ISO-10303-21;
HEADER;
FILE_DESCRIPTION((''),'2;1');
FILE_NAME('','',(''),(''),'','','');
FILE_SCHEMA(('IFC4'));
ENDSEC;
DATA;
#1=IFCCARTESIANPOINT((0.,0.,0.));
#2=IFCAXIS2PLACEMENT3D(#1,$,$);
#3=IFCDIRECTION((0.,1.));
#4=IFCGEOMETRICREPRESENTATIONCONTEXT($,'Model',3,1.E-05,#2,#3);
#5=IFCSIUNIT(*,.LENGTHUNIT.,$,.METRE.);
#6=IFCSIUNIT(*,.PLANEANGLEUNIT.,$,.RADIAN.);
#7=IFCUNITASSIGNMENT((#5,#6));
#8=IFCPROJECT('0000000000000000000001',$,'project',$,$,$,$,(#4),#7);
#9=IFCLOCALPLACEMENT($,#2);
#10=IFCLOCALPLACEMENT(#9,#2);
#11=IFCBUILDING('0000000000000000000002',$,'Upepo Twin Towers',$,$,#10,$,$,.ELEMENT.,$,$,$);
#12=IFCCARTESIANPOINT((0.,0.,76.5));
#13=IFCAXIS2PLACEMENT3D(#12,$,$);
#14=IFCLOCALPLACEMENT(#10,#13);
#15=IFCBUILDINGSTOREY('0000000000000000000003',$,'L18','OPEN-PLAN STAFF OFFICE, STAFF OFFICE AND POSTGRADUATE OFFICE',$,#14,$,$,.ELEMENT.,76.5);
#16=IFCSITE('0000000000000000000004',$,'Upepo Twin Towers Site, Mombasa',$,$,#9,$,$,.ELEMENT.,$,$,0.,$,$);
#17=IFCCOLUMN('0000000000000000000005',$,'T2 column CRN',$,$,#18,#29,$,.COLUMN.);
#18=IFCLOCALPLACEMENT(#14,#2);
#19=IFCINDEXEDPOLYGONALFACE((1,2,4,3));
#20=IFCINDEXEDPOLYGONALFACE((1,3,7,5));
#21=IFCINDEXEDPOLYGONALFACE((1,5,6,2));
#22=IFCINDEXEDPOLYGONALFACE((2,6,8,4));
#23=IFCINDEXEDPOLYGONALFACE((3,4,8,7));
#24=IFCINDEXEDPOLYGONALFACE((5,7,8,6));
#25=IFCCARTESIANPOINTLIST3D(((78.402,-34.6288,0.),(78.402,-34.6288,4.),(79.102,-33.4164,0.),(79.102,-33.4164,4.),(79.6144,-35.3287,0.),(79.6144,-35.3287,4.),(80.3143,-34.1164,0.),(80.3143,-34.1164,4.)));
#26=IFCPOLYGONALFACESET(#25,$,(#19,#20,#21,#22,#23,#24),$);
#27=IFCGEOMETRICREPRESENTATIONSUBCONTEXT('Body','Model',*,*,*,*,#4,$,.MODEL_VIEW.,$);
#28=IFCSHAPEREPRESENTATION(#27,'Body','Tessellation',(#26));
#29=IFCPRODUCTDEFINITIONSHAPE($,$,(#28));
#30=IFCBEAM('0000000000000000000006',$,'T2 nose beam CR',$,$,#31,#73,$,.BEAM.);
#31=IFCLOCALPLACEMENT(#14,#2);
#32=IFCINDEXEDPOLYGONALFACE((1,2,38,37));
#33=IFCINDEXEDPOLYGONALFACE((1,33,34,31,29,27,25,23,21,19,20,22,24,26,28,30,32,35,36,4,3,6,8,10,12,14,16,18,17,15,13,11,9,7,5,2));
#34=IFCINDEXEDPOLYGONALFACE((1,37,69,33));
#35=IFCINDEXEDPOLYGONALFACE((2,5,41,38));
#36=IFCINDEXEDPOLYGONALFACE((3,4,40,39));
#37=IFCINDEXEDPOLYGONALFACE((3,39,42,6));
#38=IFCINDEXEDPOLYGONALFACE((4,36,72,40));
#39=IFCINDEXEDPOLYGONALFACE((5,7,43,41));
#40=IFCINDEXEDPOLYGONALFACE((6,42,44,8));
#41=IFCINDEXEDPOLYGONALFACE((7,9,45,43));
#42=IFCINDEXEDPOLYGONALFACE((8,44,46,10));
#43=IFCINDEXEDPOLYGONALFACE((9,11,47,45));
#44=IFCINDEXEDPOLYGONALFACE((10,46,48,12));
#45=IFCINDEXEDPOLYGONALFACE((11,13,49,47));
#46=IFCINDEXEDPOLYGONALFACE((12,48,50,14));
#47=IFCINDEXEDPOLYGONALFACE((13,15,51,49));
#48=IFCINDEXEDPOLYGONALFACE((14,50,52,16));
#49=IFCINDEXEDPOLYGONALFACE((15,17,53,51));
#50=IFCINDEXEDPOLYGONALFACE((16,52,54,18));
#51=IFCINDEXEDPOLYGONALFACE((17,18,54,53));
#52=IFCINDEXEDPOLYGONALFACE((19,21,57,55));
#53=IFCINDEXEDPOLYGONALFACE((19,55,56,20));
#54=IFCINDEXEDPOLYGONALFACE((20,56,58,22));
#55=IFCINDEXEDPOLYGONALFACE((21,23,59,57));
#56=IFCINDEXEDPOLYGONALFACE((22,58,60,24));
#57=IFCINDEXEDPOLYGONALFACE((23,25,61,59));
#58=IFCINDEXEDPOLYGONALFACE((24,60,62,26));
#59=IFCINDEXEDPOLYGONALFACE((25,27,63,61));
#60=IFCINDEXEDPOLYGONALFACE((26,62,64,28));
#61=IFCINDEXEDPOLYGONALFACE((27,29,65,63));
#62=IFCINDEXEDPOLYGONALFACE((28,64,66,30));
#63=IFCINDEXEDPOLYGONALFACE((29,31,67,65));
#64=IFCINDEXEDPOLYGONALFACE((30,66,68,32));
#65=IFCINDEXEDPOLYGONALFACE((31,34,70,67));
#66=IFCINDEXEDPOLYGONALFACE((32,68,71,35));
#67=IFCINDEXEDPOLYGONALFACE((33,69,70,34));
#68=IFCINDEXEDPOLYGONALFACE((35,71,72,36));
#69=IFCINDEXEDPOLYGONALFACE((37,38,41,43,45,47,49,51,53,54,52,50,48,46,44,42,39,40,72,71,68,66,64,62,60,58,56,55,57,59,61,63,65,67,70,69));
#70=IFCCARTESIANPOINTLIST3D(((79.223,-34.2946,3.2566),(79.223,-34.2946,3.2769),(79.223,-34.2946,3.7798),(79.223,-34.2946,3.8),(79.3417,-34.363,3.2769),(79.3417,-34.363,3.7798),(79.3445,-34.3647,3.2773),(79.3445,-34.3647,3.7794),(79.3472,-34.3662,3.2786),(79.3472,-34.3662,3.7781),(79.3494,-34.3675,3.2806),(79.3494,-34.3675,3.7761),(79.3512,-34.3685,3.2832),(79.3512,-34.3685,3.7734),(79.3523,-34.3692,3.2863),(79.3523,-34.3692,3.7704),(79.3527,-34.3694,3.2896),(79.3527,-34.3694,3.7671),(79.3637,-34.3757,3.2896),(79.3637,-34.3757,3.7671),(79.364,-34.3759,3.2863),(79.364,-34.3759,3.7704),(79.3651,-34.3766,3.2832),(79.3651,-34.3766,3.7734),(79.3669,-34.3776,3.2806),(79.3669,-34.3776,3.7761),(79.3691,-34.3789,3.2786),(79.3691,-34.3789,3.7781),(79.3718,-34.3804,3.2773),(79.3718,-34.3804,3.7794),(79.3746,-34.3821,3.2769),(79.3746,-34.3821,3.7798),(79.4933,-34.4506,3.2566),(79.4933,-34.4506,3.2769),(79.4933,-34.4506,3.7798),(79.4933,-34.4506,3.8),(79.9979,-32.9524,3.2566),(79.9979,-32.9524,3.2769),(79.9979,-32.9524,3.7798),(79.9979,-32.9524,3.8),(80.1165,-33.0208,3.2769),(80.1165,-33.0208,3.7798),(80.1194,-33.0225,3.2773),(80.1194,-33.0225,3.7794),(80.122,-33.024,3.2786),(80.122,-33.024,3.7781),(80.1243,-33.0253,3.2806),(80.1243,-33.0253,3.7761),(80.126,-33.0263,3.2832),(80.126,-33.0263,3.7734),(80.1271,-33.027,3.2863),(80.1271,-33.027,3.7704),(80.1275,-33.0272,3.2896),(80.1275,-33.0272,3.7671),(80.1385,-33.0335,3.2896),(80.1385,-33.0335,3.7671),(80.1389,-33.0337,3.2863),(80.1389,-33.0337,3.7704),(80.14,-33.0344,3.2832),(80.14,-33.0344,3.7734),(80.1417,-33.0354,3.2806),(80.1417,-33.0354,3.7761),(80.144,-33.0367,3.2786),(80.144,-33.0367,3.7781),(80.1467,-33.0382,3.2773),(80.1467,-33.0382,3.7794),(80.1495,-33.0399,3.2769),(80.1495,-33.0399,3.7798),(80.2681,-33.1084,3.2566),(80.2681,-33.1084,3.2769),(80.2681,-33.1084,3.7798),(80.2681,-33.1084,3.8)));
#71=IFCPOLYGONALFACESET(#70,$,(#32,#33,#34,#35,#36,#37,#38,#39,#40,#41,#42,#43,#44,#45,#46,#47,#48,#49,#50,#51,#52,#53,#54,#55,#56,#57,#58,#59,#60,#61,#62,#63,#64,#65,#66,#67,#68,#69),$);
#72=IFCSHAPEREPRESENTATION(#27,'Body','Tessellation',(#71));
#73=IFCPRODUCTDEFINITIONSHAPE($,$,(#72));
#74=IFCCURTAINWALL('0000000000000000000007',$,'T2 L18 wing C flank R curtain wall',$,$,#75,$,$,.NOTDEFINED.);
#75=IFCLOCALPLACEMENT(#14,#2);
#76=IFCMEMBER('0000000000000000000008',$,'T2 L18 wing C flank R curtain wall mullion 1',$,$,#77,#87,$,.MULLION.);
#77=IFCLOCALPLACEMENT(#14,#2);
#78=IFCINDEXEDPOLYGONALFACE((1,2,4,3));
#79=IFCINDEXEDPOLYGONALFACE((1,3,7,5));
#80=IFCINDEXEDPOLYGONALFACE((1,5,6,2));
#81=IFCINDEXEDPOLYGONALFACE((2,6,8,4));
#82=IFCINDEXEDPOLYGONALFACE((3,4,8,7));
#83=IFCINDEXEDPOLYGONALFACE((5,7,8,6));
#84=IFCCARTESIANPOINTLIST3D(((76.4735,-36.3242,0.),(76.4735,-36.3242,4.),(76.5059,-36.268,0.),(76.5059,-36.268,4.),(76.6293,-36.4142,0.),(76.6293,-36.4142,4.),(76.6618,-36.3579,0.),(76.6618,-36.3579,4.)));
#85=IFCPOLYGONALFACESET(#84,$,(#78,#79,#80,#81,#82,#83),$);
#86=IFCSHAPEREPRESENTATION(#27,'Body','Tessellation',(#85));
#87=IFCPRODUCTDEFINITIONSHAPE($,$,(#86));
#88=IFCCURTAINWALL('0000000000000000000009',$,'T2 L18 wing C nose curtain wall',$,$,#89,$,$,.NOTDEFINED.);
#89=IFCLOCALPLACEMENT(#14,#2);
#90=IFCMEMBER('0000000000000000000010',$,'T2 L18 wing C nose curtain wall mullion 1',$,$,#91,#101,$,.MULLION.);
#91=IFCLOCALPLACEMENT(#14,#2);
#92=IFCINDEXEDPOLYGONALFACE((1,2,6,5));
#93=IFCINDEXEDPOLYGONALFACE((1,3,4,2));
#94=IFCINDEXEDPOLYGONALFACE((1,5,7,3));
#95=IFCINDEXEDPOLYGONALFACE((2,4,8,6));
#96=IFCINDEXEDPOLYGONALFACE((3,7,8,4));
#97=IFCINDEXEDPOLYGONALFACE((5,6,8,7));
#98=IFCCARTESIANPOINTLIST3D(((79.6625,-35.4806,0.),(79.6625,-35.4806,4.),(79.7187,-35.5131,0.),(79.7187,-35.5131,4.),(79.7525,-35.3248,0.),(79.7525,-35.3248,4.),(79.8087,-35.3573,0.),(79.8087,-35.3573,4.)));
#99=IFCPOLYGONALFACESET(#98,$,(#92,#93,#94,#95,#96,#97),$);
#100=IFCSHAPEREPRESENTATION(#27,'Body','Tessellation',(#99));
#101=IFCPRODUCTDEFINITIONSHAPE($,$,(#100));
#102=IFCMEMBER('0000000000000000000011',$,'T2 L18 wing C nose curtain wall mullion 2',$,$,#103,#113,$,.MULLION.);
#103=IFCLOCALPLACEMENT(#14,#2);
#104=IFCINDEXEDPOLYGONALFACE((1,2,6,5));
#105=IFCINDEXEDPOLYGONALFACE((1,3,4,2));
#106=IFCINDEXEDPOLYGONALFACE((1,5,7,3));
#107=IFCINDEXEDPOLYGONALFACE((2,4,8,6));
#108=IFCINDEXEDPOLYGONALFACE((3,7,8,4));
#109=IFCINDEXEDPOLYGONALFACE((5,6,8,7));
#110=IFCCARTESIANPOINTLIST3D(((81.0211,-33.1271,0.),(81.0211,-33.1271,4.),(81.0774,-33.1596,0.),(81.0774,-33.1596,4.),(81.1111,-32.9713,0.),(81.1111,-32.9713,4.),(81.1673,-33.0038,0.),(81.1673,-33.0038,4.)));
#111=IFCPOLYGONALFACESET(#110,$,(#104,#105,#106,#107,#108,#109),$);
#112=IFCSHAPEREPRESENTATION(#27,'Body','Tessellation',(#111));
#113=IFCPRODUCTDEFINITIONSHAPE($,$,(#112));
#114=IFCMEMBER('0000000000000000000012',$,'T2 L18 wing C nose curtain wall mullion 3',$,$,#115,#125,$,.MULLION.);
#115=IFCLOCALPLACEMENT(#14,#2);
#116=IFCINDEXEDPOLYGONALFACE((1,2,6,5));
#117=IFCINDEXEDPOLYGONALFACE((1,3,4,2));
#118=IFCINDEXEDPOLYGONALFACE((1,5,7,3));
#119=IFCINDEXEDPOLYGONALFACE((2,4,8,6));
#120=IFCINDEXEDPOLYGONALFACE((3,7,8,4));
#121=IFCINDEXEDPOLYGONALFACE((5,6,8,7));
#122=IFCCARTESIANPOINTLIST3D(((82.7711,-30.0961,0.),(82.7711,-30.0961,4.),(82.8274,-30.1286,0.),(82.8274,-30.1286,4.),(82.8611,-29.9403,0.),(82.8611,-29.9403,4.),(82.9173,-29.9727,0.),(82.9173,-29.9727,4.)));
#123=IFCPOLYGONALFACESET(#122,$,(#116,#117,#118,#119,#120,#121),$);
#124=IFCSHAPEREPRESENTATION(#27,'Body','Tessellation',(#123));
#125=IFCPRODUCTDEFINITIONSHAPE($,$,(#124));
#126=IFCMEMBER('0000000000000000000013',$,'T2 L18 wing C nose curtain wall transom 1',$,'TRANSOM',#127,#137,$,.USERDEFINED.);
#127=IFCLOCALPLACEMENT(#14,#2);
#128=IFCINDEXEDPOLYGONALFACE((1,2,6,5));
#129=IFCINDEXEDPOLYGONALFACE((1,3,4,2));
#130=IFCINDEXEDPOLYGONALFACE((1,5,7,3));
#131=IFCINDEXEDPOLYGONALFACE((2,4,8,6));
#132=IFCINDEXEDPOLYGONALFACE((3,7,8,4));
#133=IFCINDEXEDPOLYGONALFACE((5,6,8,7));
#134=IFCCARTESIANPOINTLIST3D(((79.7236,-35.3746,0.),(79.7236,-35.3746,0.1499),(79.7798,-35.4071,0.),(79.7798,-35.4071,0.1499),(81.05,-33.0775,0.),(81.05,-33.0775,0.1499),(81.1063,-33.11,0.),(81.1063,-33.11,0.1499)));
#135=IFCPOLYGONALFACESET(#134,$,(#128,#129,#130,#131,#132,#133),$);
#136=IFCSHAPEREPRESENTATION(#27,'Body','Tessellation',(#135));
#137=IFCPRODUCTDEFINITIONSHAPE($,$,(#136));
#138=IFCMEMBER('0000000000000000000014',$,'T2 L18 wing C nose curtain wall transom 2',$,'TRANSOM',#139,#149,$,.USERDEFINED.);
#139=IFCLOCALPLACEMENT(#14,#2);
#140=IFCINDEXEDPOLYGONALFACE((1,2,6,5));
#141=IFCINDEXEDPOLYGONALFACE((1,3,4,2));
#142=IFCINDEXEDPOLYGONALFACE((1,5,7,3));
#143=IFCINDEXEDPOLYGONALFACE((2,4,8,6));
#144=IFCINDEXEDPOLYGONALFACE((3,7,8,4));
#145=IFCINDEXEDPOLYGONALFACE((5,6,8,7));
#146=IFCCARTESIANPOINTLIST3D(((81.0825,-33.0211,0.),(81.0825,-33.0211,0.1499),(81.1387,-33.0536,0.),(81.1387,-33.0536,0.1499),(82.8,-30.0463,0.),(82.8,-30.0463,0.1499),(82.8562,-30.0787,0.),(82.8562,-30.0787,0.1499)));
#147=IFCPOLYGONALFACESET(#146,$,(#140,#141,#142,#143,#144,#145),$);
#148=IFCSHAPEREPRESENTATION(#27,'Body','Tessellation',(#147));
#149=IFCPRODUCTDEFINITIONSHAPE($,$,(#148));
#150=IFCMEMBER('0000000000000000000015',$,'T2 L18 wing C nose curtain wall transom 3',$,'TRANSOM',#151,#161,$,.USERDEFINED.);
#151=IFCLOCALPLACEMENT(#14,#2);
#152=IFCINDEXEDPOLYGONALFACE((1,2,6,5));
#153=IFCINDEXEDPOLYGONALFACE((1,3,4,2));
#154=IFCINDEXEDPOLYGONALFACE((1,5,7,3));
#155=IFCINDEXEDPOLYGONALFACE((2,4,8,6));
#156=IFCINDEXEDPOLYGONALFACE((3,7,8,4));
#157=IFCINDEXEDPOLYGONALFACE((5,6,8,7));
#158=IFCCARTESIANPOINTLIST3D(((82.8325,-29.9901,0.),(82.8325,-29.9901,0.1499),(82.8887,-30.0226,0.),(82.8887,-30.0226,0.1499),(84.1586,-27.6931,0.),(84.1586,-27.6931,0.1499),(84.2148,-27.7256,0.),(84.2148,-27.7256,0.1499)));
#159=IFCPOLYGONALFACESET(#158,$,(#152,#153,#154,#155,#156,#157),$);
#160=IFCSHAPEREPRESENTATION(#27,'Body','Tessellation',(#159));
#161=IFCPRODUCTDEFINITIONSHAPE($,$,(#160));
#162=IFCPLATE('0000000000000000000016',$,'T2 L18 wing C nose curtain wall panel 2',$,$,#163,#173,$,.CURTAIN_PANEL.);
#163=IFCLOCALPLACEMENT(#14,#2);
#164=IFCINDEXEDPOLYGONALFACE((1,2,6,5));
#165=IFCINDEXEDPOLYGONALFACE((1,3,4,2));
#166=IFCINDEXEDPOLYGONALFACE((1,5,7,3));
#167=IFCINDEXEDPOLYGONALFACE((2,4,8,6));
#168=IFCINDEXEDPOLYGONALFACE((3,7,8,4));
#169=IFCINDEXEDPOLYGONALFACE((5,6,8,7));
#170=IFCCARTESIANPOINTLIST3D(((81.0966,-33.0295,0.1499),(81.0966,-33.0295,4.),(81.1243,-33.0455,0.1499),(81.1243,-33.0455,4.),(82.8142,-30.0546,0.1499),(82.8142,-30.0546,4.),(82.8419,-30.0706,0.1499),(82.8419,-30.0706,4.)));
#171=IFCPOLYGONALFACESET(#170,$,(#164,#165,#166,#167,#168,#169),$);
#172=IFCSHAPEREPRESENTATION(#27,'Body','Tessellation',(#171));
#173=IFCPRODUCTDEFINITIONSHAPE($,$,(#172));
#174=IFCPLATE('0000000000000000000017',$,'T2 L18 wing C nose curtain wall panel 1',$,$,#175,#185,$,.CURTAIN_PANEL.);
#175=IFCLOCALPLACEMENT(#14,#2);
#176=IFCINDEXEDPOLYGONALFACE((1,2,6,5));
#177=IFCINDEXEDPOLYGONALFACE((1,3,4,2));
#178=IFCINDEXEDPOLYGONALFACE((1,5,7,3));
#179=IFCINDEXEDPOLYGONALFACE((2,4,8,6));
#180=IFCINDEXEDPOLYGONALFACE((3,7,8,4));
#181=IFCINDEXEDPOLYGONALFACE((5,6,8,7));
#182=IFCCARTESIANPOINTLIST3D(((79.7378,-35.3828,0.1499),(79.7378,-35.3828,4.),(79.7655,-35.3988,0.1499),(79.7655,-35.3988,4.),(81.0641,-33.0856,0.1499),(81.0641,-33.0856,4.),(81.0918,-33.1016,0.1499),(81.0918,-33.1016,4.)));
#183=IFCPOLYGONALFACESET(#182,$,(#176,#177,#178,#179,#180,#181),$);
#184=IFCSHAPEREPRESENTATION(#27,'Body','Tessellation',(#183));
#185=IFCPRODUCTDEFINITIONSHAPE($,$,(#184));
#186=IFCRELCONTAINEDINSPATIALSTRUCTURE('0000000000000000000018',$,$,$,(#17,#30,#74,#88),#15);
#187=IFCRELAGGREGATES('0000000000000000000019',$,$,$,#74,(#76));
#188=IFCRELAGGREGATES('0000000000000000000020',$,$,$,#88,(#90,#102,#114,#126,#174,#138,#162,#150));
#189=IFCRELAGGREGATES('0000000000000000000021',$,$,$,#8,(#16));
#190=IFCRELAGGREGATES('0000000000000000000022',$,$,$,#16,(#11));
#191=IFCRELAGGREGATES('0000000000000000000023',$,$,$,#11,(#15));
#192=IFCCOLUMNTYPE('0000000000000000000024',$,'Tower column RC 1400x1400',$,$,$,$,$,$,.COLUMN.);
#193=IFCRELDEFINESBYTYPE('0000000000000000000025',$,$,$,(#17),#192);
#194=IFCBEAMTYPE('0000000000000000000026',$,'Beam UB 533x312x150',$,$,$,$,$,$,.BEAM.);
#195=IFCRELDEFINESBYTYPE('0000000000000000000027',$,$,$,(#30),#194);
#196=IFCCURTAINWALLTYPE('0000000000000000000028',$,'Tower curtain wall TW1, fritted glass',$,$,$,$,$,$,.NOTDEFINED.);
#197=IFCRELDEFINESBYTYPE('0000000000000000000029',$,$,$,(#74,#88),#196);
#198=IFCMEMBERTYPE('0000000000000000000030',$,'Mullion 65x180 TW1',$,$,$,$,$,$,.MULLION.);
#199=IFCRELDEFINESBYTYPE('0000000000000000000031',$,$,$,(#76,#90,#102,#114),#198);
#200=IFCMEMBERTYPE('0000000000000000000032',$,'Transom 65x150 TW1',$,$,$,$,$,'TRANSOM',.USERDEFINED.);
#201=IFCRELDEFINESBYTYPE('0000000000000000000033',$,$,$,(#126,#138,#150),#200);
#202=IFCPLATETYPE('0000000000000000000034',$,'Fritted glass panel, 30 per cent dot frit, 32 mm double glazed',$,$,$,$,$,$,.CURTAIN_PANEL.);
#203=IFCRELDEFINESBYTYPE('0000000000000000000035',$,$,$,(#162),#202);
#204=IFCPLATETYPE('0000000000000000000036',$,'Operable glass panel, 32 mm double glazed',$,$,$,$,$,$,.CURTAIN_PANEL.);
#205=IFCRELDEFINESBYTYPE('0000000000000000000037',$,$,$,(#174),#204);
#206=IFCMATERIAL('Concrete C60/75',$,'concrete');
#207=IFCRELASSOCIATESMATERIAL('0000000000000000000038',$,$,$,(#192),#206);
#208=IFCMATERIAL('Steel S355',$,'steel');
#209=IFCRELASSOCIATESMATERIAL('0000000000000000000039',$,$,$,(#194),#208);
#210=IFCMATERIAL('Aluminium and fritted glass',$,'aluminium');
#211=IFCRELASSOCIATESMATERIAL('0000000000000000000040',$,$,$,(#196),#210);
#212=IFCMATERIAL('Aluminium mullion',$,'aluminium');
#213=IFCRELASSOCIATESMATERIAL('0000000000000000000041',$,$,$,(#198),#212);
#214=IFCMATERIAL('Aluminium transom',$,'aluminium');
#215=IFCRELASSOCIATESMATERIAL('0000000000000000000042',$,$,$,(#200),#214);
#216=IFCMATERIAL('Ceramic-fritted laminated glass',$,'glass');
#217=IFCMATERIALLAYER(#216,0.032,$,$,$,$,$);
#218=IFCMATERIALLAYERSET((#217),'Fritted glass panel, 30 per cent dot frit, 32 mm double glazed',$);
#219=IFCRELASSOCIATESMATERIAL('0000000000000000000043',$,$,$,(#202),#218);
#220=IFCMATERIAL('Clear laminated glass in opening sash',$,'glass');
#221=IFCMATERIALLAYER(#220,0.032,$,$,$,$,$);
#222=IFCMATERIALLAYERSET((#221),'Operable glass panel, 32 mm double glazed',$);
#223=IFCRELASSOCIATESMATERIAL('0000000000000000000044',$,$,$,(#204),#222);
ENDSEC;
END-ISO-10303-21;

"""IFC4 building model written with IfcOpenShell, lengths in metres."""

from ifc_helpers import new_model, si_unit, direction, frame, origin, origin_2d, place, context, subcontext, project, spatial, rectangle, i_section, extrude, material, layer, layer_set, material_profile, profile_set, type_object, element, aggregate, save


model = new_model("IFC4")

# Units and contexts
model_context = context("Model", 3, precision=1e-05, world=origin(), true_north=direction((0.0, 1.0)))
body_context = subcontext(model_context, "Body", "Model", "MODEL_VIEW")
ifc_project = project(units=[si_unit("LENGTHUNIT", "METRE"), si_unit("PLANEANGLEUNIT", "RADIAN")], contexts=[model_context])

# Site, building, storey
site_placement = place(None, origin())
site = spatial("IfcSite", under=ifc_project, at=site_placement, Name="Upepo Twin Towers Site, Mombasa", CompositionType="ELEMENT", RefElevation=0.0)
building_placement = place(site_placement, origin())
building = spatial("IfcBuilding", under=site, at=building_placement, Name="Upepo Twin Towers", CompositionType="ELEMENT")
storey_placement = place(building_placement, frame((0.0, 0.0, 76.5)))
storey = spatial("IfcBuildingStorey", under=building, at=storey_placement, Name="L18", Description="OPEN-PLAN STAFF OFFICE, STAFF OFFICE AND POSTGRADUATE OFFICE", CompositionType="ELEMENT", Elevation=76.5)

# Column
ifc_material_1 = material(Name="Concrete C60/75", Category="concrete")
ifc_material_profile_1 = material_profile(ifc_material_1, rectangle(XDim=1.3999, YDim=1.3999, at=origin_2d()), Name="RC 1400x1400")
ifc_profile_set_1 = profile_set([ifc_material_profile_1], Name="Concrete C60/75")
column_type = type_object("IfcColumnType", Name="Tower column RC 1400x1400", PredefinedType="COLUMN", material=ifc_profile_set_1)
column_placement = place(storey_placement, frame((79.3582, -34.3726, 0.0), z_axis=(0.0, 0.0, 1.0), x_axis=(0.5, 0.866025, 0.0)))
element("IfcColumn", 1, at=column_placement, inside=storey, type_object=column_type, Name="T2 column CRN", PredefinedType="COLUMN", context=body_context, shape_type="SweptSolid", body=[
    extrude(rectangle(XDim=1.3999, YDim=1.3999, at=origin_2d()), origin(), (0.0, 0.0, 1.0), 4.0),
])

# Beam
ifc_material_2 = material(Name="Steel S355", Category="steel")
ifc_material_profile_2 = material_profile(ifc_material_2, i_section(OverallWidth=0.312, OverallDepth=0.5435, WebThickness=0.0127, FlangeThickness=0.0203, FilletRadius=0.0127, at=origin_2d()), Name="UB 533x312x150")
ifc_profile_set_2 = profile_set([ifc_material_profile_2], Name="Steel S355")
beam_type = type_object("IfcBeamType", Name="Beam UB 533x312x150", PredefinedType="BEAM", material=ifc_profile_set_2)
beam_placement = place(storey_placement, frame((79.3582, -34.3726, 3.5283), z_axis=(0.499968, 0.866044, 0.0), x_axis=(-0.866044, 0.499968, 0.0)))
element("IfcBeam", 2, at=beam_placement, inside=storey, type_object=beam_type, Name="T2 nose beam CR", PredefinedType="BEAM", context=body_context, shape_type="SweptSolid", body=[
    extrude(i_section(OverallWidth=0.312, OverallDepth=0.5435, WebThickness=0.0127, FlangeThickness=0.0203, FilletRadius=0.0127, at=origin_2d()), origin(), (0.0, 0.0, 1.0), 1.5498),
])

# Curtain wall, member
ifc_material_3 = material(Name="Aluminium and fritted glass", Category="aluminium")
curtain_wall_type = type_object("IfcCurtainWallType", Name="Tower curtain wall TW1, fritted glass", PredefinedType="NOTDEFINED", material=ifc_material_3)
curtain_wall_1_placement = place(storey_placement, origin())
curtain_wall_1 = element("IfcCurtainWall", 3, at=curtain_wall_1_placement, inside=storey, type_object=curtain_wall_type, Name="T2 L18 wing C flank R curtain wall", PredefinedType="NOTDEFINED")
ifc_material_4 = material(Name="Aluminium mullion", Category="aluminium")
ifc_material_profile_3 = material_profile(ifc_material_4, rectangle(XDim=0.0649, YDim=0.1799, at=origin_2d()), Name="MULLION 65x180")
ifc_profile_set_3 = profile_set([ifc_material_profile_3], Name="Aluminium mullion")
member_type_1 = type_object("IfcMemberType", Name="Mullion 65x180 TW1", PredefinedType="MULLION", material=ifc_profile_set_3)
member_1_placement = place(storey_placement, frame((76.5676, -36.3411, 0.0), z_axis=(0.0, 0.0, 1.0), x_axis=(-0.5, -0.866025, 0.0)))
member_1 = element("IfcMember", 4, at=member_1_placement, type_object=member_type_1, Name="T2 L18 wing C flank R curtain wall mullion 1", PredefinedType="MULLION", context=body_context, shape_type="SweptSolid", body=[
    extrude(rectangle(XDim=0.0649, YDim=0.1799, at=origin_2d()), origin(), (0.0, 0.0, 1.0), 4.0),
])
aggregate(curtain_wall_1, [member_1])

# Curtain wall, members, plates
curtain_wall_2_placement = place(storey_placement, origin())
curtain_wall_2 = element("IfcCurtainWall", 5, at=curtain_wall_2_placement, inside=storey, type_object=curtain_wall_type, Name="T2 L18 wing C nose curtain wall", PredefinedType="NOTDEFINED")
member_2_placement = place(storey_placement, frame((79.7356, -35.4189, 0.0), z_axis=(0.0, 0.0, 1.0), x_axis=(-0.866025, 0.5, 0.0)))
member_2 = element("IfcMember", 6, at=member_2_placement, type_object=member_type_1, Name="T2 L18 wing C nose curtain wall mullion 1", PredefinedType="MULLION", context=body_context, shape_type="SweptSolid", body=[
    extrude(rectangle(XDim=0.0649, YDim=0.1799, at=origin_2d()), origin(), (0.0, 0.0, 1.0), 4.0),
])
member_3_placement = place(storey_placement, frame((81.0942, -33.0654, 0.0), z_axis=(0.0, 0.0, 1.0), x_axis=(-0.866025, 0.5, 0.0)))
member_3 = element("IfcMember", 7, at=member_3_placement, type_object=member_type_1, Name="T2 L18 wing C nose curtain wall mullion 2", PredefinedType="MULLION", context=body_context, shape_type="SweptSolid", body=[
    extrude(rectangle(XDim=0.0649, YDim=0.1799, at=origin_2d()), origin(), (0.0, 0.0, 1.0), 4.0),
])
member_4_placement = place(storey_placement, frame((82.8442, -30.0344, 0.0), z_axis=(0.0, 0.0, 1.0), x_axis=(-0.866025, 0.5, 0.0)))
member_4 = element("IfcMember", 8, at=member_4_placement, type_object=member_type_1, Name="T2 L18 wing C nose curtain wall mullion 3", PredefinedType="MULLION", context=body_context, shape_type="SweptSolid", body=[
    extrude(rectangle(XDim=0.0649, YDim=0.1799, at=origin_2d()), origin(), (0.0, 0.0, 1.0), 4.0),
])
ifc_material_5 = material(Name="Aluminium transom", Category="aluminium")
ifc_material_profile_4 = material_profile(ifc_material_5, rectangle(XDim=0.0649, YDim=0.1499, at=origin_2d()), Name="TRANSOM 65x150")
ifc_profile_set_4 = profile_set([ifc_material_profile_4], Name="Aluminium transom")
member_type_2 = type_object("IfcMemberType", Name="Transom 65x150 TW1", ElementType="TRANSOM", PredefinedType="USERDEFINED", material=ifc_profile_set_4)
member_5_placement = place(storey_placement, frame((79.7517, -35.3909, 0.075), z_axis=(0.500049, 0.865997, 0.0), x_axis=(-0.865997, 0.500049, 0.0)))
member_5 = element("IfcMember", 9, at=member_5_placement, type_object=member_type_2, Name="T2 L18 wing C nose curtain wall transom 1", ObjectType="TRANSOM", PredefinedType="USERDEFINED", context=body_context, shape_type="SweptSolid", body=[
    extrude(rectangle(XDim=0.0649, YDim=0.1499, at=origin_2d()), origin(), (0.0, 0.0, 1.0), 2.6526),
])
member_6_placement = place(storey_placement, frame((81.1106, -33.0374, 0.075), z_axis=(0.499999, 0.866026, 0.0), x_axis=(-0.866026, 0.499999, 0.0)))
member_6 = element("IfcMember", 10, at=member_6_placement, type_object=member_type_2, Name="T2 L18 wing C nose curtain wall transom 2", ObjectType="TRANSOM", PredefinedType="USERDEFINED", context=body_context, shape_type="SweptSolid", body=[
    extrude(rectangle(XDim=0.0649, YDim=0.1499, at=origin_2d()), origin(), (0.0, 0.0, 1.0), 3.4351),
])
member_7_placement = place(storey_placement, frame((82.8606, -30.0063, 0.075), z_axis=(0.49998, 0.866037, 0.0), x_axis=(-0.866037, 0.49998, 0.0)))
member_7 = element("IfcMember", 11, at=member_7_placement, type_object=member_type_2, Name="T2 L18 wing C nose curtain wall transom 3", ObjectType="TRANSOM", PredefinedType="USERDEFINED", context=body_context, shape_type="SweptSolid", body=[
    extrude(rectangle(XDim=0.0649, YDim=0.1499, at=origin_2d()), origin(), (0.0, 0.0, 1.0), 2.6523),
])
ifc_material_6 = material(Name="Ceramic-fritted laminated glass", Category="glass")
ifc_layer_1 = layer(ifc_material_6, 0.032)
ifc_layer_set_1 = layer_set([ifc_layer_1], Name="Fritted glass panel, 30 per cent dot frit, 32 mm double glazed")
plate_type_1 = type_object("IfcPlateType", Name="Fritted glass panel, 30 per cent dot frit, 32 mm double glazed", PredefinedType="CURTAIN_PANEL", material=ifc_layer_set_1)
plate_1_placement = place(storey_placement, frame((81.9692, -31.55, 0.1499), z_axis=(0.0, 0.0, 1.0), x_axis=(0.5, 0.866025, 0.0)))
plate_1 = element("IfcPlate", 12, at=plate_1_placement, type_object=plate_type_1, Name="T2 L18 wing C nose curtain wall panel 2", PredefinedType="CURTAIN_PANEL", context=body_context, shape_type="SweptSolid", body=[
    extrude(rectangle(XDim=3.4351, YDim=0.032, at=origin_2d()), origin(), (0.0, 0.0, 1.0), 3.8501),
])
ifc_material_7 = material(Name="Clear laminated glass in opening sash", Category="glass")
ifc_layer_2 = layer(ifc_material_7, 0.032)
ifc_layer_set_2 = layer_set([ifc_layer_2], Name="Operable glass panel, 32 mm double glazed")
plate_type_2 = type_object("IfcPlateType", Name="Operable glass panel, 32 mm double glazed", PredefinedType="CURTAIN_PANEL", material=ifc_layer_set_2)
plate_2_placement = place(storey_placement, frame((80.4148, -34.2422, 0.1499), z_axis=(0.0, 0.0, 1.0), x_axis=(0.5, 0.866025, 0.0)))
plate_2 = element("IfcPlate", 13, at=plate_2_placement, type_object=plate_type_2, Name="T2 L18 wing C nose curtain wall panel 1", PredefinedType="CURTAIN_PANEL", context=body_context, shape_type="SweptSolid", body=[
    extrude(rectangle(XDim=2.6526, YDim=0.032, at=origin_2d()), origin(), (0.0, 0.0, 1.0), 3.8501),
])
aggregate(curtain_wall_2, [member_2, member_3, member_4, member_5, plate_2, member_6, plate_1, member_7])

save(model, "model.ifc")
